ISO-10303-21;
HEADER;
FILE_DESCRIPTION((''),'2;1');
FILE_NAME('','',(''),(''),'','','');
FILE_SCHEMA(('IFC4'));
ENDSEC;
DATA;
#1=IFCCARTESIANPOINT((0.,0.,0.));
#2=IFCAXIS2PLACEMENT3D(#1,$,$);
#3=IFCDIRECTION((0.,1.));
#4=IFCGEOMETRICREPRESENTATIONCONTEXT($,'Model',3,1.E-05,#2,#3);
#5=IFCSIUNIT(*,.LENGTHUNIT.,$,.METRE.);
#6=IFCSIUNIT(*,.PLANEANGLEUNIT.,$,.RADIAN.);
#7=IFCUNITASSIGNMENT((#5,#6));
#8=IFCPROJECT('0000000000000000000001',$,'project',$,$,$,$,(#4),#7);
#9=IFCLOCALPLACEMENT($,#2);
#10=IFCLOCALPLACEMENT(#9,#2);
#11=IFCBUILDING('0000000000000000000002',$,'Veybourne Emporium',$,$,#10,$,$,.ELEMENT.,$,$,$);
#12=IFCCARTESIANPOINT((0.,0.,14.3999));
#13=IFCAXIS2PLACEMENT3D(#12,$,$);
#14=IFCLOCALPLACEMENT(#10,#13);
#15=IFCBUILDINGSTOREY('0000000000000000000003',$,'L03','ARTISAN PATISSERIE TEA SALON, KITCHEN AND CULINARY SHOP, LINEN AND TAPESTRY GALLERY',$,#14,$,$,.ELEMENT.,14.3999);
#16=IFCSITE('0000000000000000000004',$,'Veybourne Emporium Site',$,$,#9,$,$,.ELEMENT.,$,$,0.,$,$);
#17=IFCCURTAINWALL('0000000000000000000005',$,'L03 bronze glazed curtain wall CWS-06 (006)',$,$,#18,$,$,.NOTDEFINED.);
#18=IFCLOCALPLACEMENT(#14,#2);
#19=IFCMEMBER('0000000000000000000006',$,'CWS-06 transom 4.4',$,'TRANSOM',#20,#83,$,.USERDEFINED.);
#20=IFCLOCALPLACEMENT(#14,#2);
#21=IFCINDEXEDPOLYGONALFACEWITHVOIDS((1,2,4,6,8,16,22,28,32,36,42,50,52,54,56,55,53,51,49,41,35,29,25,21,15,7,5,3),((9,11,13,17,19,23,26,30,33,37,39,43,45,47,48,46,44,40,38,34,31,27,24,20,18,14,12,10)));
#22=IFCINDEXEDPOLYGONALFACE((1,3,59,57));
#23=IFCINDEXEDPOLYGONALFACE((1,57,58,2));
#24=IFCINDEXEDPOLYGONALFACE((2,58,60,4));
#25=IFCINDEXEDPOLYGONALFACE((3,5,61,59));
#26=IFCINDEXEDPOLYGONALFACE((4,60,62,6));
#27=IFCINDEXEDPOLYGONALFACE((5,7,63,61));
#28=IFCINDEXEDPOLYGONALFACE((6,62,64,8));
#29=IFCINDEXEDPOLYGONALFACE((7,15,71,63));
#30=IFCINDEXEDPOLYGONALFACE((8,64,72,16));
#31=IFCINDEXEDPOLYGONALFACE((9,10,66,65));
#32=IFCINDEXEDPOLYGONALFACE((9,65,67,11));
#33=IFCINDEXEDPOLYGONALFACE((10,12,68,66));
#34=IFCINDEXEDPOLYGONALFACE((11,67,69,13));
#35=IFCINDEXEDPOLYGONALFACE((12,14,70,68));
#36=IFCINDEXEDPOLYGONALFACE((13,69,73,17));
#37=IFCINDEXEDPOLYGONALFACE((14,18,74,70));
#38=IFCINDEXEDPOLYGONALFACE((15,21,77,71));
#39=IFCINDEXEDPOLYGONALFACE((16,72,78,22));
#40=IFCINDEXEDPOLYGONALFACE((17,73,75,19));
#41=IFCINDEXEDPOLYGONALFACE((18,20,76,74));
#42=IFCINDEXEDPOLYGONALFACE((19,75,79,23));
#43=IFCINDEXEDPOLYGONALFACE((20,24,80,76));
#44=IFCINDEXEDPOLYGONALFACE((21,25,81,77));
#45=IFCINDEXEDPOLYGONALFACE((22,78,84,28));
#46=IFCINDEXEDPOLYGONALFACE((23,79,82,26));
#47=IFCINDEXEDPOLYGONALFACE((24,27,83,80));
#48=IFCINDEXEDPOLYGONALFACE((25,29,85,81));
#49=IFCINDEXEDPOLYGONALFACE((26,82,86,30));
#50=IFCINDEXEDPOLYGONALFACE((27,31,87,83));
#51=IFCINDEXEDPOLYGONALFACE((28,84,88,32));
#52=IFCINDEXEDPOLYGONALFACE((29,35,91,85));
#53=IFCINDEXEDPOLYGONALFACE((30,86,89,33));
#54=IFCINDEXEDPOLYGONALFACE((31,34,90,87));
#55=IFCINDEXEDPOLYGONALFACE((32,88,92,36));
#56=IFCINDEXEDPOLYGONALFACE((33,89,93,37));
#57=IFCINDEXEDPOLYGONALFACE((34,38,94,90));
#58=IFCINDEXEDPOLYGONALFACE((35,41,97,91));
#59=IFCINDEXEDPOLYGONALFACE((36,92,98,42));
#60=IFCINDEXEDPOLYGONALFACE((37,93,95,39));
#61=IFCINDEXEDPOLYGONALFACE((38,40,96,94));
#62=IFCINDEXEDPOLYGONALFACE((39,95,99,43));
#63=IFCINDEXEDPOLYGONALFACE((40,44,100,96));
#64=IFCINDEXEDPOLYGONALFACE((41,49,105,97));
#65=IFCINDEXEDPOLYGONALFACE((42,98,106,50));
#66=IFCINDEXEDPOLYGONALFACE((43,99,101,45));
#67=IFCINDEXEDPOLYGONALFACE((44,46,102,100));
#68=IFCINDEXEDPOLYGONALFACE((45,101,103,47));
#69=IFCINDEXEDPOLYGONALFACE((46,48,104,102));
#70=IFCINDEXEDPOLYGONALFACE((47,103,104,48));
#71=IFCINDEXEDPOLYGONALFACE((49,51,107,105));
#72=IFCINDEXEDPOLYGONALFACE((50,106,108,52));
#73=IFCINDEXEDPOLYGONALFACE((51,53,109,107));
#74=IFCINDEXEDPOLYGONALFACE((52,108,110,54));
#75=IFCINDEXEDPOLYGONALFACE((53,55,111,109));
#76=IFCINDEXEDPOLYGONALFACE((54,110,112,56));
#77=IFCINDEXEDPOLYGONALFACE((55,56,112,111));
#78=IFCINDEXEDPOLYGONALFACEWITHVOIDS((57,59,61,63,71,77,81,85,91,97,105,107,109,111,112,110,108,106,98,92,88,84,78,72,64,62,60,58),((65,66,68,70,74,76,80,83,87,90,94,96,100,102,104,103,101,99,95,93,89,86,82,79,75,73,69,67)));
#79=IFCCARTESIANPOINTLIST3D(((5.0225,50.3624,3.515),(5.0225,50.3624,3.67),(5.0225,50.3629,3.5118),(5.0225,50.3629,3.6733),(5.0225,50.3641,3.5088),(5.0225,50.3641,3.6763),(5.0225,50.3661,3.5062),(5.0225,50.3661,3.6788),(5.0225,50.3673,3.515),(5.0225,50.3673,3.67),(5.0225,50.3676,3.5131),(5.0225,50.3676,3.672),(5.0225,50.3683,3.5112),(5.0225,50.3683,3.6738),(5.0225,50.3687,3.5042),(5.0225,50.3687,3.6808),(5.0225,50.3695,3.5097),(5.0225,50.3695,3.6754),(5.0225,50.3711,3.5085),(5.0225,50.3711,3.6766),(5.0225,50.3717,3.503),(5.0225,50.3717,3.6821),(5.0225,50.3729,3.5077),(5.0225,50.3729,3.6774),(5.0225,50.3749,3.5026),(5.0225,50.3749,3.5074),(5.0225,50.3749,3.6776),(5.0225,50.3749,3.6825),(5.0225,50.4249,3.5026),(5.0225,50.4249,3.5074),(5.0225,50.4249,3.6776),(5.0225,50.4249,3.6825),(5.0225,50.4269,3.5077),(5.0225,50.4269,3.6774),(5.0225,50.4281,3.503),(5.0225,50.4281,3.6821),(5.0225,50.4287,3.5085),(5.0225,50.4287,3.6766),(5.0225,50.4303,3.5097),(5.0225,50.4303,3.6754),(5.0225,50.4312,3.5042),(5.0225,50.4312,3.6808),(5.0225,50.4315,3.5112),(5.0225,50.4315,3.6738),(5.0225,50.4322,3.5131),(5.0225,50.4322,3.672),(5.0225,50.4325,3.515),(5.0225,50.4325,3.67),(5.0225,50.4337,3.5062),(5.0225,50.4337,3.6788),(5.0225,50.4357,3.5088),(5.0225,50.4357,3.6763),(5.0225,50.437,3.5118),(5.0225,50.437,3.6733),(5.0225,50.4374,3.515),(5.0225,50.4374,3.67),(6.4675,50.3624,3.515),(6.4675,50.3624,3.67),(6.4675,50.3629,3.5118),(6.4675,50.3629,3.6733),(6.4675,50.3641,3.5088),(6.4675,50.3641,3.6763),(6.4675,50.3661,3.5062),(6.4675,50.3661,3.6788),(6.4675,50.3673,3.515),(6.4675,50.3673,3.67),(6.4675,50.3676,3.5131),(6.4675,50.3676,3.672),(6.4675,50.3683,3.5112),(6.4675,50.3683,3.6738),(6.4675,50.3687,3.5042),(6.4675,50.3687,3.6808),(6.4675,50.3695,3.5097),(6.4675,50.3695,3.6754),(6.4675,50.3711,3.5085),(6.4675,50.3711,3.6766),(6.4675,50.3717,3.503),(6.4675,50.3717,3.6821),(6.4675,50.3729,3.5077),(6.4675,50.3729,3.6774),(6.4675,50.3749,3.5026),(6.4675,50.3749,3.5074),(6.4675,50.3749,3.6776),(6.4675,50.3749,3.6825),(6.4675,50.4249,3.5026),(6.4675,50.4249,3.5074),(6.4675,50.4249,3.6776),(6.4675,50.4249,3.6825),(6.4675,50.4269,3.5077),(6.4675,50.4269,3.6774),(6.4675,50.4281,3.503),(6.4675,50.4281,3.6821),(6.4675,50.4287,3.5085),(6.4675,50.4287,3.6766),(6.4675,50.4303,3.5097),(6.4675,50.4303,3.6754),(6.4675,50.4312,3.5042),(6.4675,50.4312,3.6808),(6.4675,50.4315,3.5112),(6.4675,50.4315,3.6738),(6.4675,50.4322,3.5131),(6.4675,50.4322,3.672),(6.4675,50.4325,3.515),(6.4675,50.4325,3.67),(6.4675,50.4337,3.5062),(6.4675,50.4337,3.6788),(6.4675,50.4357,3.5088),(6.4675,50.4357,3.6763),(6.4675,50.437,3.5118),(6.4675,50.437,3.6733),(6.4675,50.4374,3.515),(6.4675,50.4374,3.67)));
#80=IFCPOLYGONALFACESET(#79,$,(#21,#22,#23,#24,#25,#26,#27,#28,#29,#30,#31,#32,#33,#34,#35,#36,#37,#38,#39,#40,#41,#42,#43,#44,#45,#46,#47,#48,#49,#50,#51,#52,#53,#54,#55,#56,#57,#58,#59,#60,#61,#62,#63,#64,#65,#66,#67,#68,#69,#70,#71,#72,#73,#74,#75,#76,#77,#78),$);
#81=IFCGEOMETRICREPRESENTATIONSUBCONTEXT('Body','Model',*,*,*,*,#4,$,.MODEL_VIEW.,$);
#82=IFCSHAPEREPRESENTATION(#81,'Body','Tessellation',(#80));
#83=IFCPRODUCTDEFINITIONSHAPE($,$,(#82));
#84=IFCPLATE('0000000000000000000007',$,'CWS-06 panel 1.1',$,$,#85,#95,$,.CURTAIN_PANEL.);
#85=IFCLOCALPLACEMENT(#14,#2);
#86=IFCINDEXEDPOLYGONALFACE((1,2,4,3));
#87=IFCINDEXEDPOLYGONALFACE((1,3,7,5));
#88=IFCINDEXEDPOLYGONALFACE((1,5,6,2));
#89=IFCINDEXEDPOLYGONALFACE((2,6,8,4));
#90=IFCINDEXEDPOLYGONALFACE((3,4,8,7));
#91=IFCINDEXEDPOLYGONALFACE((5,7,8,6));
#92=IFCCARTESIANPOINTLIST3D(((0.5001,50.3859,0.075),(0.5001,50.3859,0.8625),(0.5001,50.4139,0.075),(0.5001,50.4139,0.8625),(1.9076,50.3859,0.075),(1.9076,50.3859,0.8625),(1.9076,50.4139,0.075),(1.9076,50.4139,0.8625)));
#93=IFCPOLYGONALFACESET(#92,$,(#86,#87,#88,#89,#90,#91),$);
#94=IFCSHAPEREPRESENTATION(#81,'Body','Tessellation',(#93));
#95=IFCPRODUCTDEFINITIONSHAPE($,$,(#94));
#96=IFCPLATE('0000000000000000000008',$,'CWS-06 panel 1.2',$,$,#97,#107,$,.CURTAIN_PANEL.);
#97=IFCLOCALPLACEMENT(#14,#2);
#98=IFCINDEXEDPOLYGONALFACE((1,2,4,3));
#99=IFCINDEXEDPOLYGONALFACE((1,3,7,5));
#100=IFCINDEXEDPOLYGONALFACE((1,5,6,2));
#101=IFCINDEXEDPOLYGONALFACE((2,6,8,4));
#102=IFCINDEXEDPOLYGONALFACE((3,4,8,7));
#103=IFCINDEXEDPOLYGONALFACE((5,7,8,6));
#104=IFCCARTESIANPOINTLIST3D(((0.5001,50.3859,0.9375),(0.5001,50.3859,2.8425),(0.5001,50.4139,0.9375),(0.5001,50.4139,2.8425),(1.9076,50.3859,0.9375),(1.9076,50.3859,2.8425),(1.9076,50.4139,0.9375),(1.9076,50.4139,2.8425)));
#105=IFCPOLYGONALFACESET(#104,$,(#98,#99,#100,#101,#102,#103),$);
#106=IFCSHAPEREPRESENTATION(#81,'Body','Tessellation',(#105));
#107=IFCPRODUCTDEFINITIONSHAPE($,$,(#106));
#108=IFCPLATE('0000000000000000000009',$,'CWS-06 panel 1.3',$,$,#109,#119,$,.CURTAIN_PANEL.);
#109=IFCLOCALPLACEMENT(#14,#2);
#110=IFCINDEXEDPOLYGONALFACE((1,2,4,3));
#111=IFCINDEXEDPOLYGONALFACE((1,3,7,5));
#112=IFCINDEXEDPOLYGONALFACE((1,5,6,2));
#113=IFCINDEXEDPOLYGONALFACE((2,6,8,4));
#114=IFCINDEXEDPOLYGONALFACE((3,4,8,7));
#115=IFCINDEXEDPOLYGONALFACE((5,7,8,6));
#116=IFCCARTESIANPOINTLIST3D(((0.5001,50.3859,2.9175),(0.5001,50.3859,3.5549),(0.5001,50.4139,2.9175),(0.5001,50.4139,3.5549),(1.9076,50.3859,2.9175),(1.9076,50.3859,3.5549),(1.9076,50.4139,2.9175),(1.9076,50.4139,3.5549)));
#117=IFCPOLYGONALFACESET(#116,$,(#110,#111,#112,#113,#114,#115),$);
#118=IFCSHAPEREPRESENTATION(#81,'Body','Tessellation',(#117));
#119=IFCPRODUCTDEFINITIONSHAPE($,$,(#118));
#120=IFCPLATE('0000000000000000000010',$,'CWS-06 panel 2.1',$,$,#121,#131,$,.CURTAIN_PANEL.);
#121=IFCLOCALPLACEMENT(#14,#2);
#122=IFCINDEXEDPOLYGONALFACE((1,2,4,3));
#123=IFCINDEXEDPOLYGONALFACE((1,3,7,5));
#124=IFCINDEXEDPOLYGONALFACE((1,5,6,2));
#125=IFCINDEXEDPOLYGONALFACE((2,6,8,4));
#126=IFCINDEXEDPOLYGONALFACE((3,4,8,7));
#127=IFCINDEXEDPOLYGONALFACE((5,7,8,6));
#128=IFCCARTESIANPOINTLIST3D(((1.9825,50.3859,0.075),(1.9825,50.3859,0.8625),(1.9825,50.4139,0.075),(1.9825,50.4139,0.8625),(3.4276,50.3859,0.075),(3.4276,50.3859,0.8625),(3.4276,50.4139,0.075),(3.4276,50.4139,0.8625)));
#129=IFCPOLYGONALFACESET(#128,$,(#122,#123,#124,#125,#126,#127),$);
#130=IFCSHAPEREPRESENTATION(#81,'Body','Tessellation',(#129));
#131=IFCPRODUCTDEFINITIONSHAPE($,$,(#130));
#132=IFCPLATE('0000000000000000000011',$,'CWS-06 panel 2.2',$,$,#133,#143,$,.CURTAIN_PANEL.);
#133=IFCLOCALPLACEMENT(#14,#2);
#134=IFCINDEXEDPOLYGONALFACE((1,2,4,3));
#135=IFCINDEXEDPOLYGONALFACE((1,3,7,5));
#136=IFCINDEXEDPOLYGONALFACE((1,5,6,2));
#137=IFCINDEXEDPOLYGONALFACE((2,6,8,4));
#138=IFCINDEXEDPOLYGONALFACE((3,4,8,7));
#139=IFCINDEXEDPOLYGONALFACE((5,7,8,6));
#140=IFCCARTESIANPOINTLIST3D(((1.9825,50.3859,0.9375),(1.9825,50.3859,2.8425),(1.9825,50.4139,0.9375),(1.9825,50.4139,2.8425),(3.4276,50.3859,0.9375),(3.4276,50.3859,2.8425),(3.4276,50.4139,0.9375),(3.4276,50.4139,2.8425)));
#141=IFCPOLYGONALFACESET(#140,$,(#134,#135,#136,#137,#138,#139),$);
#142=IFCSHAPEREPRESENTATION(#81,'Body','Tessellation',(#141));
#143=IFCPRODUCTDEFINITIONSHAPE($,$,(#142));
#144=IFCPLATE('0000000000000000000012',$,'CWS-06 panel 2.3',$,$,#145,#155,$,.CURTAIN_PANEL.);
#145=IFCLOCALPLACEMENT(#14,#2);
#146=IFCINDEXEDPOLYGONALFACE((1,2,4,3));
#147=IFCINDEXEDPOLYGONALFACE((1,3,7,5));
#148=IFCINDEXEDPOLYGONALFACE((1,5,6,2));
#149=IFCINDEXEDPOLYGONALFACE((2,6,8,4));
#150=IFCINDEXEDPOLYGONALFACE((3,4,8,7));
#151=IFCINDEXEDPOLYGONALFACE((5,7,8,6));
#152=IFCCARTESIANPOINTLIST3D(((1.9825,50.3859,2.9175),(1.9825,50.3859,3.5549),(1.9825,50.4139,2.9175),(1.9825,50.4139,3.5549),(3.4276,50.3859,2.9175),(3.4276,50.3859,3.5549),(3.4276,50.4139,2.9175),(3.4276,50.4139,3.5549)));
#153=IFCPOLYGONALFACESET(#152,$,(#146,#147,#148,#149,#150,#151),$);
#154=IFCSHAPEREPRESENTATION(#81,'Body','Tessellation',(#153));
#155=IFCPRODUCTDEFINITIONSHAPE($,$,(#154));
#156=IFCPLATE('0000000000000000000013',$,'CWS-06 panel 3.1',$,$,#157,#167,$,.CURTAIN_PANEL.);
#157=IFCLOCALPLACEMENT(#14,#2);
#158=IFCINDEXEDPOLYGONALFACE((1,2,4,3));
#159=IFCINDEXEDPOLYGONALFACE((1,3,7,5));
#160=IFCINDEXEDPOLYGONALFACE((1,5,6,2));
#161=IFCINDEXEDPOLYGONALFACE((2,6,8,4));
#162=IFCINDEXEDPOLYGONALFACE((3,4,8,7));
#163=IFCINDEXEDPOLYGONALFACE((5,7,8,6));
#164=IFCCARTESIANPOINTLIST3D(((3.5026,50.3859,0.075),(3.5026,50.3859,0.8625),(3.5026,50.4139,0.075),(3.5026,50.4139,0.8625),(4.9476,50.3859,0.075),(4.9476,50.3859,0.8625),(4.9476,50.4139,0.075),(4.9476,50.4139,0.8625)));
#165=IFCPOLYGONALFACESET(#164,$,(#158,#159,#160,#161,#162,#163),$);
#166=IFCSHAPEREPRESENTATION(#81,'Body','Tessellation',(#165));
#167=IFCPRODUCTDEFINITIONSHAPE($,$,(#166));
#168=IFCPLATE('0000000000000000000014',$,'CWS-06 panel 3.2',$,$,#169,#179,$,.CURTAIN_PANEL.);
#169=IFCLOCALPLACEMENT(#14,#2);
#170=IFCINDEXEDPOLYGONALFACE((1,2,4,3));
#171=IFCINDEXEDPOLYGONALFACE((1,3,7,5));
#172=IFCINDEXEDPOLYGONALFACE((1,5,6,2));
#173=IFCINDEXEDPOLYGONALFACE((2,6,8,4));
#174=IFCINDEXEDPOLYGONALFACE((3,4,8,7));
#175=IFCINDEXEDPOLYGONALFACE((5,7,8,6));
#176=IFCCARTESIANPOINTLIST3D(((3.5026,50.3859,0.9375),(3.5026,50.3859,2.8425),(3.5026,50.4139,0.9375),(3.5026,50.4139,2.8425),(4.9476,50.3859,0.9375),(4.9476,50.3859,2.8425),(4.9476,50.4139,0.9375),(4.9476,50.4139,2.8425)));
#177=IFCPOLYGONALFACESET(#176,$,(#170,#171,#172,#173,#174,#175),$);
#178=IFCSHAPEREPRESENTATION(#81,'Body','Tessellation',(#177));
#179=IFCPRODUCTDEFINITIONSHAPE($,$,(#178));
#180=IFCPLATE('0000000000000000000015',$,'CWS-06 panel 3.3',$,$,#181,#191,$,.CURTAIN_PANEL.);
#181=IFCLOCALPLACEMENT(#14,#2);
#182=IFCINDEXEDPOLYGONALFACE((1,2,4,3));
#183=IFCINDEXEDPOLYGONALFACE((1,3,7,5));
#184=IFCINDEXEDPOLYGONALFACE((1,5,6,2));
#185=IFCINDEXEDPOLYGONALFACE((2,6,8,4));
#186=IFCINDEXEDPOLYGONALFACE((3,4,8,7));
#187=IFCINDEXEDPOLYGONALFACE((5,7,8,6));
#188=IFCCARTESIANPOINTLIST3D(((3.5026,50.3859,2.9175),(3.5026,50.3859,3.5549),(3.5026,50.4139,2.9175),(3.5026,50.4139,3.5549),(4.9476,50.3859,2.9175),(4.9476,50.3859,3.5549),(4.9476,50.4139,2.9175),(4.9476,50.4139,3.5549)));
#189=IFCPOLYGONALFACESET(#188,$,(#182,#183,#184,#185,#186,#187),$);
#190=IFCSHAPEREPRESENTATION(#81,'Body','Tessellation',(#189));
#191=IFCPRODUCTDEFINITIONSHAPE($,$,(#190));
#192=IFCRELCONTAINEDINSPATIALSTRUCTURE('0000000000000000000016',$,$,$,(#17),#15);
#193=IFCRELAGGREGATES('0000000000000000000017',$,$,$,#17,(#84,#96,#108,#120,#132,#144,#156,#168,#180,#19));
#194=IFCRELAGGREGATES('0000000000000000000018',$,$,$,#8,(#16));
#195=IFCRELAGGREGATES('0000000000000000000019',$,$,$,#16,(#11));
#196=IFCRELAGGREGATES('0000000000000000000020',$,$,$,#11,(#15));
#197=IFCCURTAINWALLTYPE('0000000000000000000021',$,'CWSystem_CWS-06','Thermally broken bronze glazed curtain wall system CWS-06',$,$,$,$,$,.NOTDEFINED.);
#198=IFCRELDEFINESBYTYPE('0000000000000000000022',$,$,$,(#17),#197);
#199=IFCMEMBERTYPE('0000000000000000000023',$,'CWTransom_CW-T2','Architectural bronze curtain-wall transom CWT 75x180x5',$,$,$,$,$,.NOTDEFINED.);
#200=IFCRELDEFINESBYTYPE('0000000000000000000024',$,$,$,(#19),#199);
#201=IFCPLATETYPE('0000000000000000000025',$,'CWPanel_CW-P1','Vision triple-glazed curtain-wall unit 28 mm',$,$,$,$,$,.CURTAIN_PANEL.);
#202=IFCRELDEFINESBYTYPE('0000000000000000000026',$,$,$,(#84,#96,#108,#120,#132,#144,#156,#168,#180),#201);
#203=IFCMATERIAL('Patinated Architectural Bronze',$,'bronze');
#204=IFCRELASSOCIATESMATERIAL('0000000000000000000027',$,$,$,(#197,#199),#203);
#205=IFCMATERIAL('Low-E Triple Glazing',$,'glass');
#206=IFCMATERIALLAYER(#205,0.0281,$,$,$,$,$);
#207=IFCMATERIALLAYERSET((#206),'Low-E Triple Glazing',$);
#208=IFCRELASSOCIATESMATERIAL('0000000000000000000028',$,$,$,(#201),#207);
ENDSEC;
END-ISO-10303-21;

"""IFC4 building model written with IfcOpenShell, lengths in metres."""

from ifc_helpers import new_model, si_unit, direction, frame, origin, origin_2d, place, context, subcontext, project, spatial, rectangle, hollow_rectangle, extrude, material, layer, layer_set, material_profile, profile_set, type_object, element, aggregate, save


model = new_model("IFC4")

# Units and contexts
model_context = context("Model", 3, precision=1e-05, world=origin(), true_north=direction((0.0, 1.0)))
body_context = subcontext(model_context, "Body", "Model", "MODEL_VIEW")
ifc_project = project(units=[si_unit("LENGTHUNIT", "METRE"), si_unit("PLANEANGLEUNIT", "RADIAN")], contexts=[model_context])

# Site, building, storey
site_placement = place(None, origin())
site = spatial("IfcSite", under=ifc_project, at=site_placement, Name="Veybourne Emporium Site", CompositionType="ELEMENT", RefElevation=0.0)
building_placement = place(site_placement, origin())
building = spatial("IfcBuilding", under=site, at=building_placement, Name="Veybourne Emporium", CompositionType="ELEMENT")
storey_placement = place(building_placement, frame((0.0, 0.0, 14.3999)))
storey = spatial("IfcBuildingStorey", under=building, at=storey_placement, Name="L03", Description="ARTISAN PATISSERIE TEA SALON, KITCHEN AND CULINARY SHOP, LINEN AND TAPESTRY GALLERY", CompositionType="ELEMENT", Elevation=14.3999)

# Curtain wall, member, plates
ifc_material_1 = material(Name="Patinated Architectural Bronze", Category="bronze")
curtain_wall_type = type_object("IfcCurtainWallType", Name="CWSystem_CWS-06", Description="Thermally broken bronze glazed curtain wall system CWS-06", PredefinedType="NOTDEFINED", material=ifc_material_1)
curtain_wall_placement = place(storey_placement, origin())
curtain_wall = element("IfcCurtainWall", 1, at=curtain_wall_placement, inside=storey, type_object=curtain_wall_type, Name="L03 bronze glazed curtain wall CWS-06 (006)", PredefinedType="NOTDEFINED")
ifc_material_profile_1 = material_profile(ifc_material_1, hollow_rectangle(XDim=0.075, YDim=0.1799, WallThickness=0.0049, InnerFilletRadius=0.0076, OuterFilletRadius=0.0125, at=origin_2d()), Name="CWT 75x180x5")
ifc_profile_set_1 = profile_set([ifc_material_profile_1], Name="Patinated Architectural Bronze")
member_type_1 = type_object("IfcMemberType", Name="CWTransom_CW-T2", Description="Architectural bronze curtain-wall transom CWT 75x180x5", PredefinedType="NOTDEFINED", material=ifc_profile_set_1)
member_1_placement = place(storey_placement, frame((5.0225, 50.3999, 3.5925), z_axis=(1.0, 0.0, 0.0), x_axis=(0.0, 1.0, 0.0)))
member_1 = element("IfcMember", 2, at=member_1_placement, type_object=member_type_1, Name="CWS-06 transom 4.4", ObjectType="TRANSOM", PredefinedType="USERDEFINED", context=body_context, shape_type="SweptSolid", body=[
    extrude(hollow_rectangle(XDim=0.075, YDim=0.1799, WallThickness=0.0049, InnerFilletRadius=0.0076, OuterFilletRadius=0.0125, at=origin_2d()), origin(), (0.0, 0.0, 1.0), 1.4451),
])
ifc_material_2 = material(Name="Low-E Triple Glazing", Category="glass")
ifc_layer = layer(ifc_material_2, 0.0281)
ifc_layer_set = layer_set([ifc_layer], Name="Low-E Triple Glazing")
plate_type = type_object("IfcPlateType", Name="CWPanel_CW-P1", Description="Vision triple-glazed curtain-wall unit 28 mm", PredefinedType="CURTAIN_PANEL", material=ifc_layer_set)
plate_1_placement = place(storey_placement, frame((1.2039, 50.3999, 0.075), z_axis=(0.0, 0.0, 1.0), x_axis=(1.0, 0.0, 0.0)))
plate_1 = element("IfcPlate", 3, at=plate_1_placement, type_object=plate_type, Name="CWS-06 panel 1.1", PredefinedType="CURTAIN_PANEL", context=body_context, shape_type="SweptSolid", body=[
    extrude(rectangle(XDim=1.4075, YDim=0.0281, at=origin_2d()), origin(), (0.0, 0.0, 1.0), 0.7876),
])
plate_2_placement = place(storey_placement, frame((1.2039, 50.3999, 0.9375), z_axis=(0.0, 0.0, 1.0), x_axis=(1.0, 0.0, 0.0)))
plate_2 = element("IfcPlate", 4, at=plate_2_placement, type_object=plate_type, Name="CWS-06 panel 1.2", PredefinedType="CURTAIN_PANEL", context=body_context, shape_type="SweptSolid", body=[
    extrude(rectangle(XDim=1.4075, YDim=0.0281, at=origin_2d()), origin(), (0.0, 0.0, 1.0), 1.905),
])
plate_3_placement = place(storey_placement, frame((1.2039, 50.3999, 2.9175), z_axis=(0.0, 0.0, 1.0), x_axis=(1.0, 0.0, 0.0)))
plate_3 = element("IfcPlate", 5, at=plate_3_placement, type_object=plate_type, Name="CWS-06 panel 1.3", PredefinedType="CURTAIN_PANEL", context=body_context, shape_type="SweptSolid", body=[
    extrude(rectangle(XDim=1.4075, YDim=0.0281, at=origin_2d()), origin(), (0.0, 0.0, 1.0), 0.6375),
])
plate_4_placement = place(storey_placement, frame((2.7051, 50.3999, 0.075), z_axis=(0.0, 0.0, 1.0), x_axis=(1.0, 0.0, 0.0)))
plate_4 = element("IfcPlate", 6, at=plate_4_placement, type_object=plate_type, Name="CWS-06 panel 2.1", PredefinedType="CURTAIN_PANEL", context=body_context, shape_type="SweptSolid", body=[
    extrude(rectangle(XDim=1.4451, YDim=0.0281, at=origin_2d()), origin(), (0.0, 0.0, 1.0), 0.7876),
])
plate_5_placement = place(storey_placement, frame((2.7051, 50.3999, 0.9375), z_axis=(0.0, 0.0, 1.0), x_axis=(1.0, 0.0, 0.0)))
plate_5 = element("IfcPlate", 7, at=plate_5_placement, type_object=plate_type, Name="CWS-06 panel 2.2", PredefinedType="CURTAIN_PANEL", context=body_context, shape_type="SweptSolid", body=[
    extrude(rectangle(XDim=1.4451, YDim=0.0281, at=origin_2d()), origin(), (0.0, 0.0, 1.0), 1.905),
])
plate_6_placement = place(storey_placement, frame((2.7051, 50.3999, 2.9175), z_axis=(0.0, 0.0, 1.0), x_axis=(1.0, 0.0, 0.0)))
plate_6 = element("IfcPlate", 8, at=plate_6_placement, type_object=plate_type, Name="CWS-06 panel 2.3", PredefinedType="CURTAIN_PANEL", context=body_context, shape_type="SweptSolid", body=[
    extrude(rectangle(XDim=1.4451, YDim=0.0281, at=origin_2d()), origin(), (0.0, 0.0, 1.0), 0.6375),
])
plate_7_placement = place(storey_placement, frame((4.2251, 50.3999, 0.075), z_axis=(0.0, 0.0, 1.0), x_axis=(1.0, 0.0, 0.0)))
plate_7 = element("IfcPlate", 9, at=plate_7_placement, type_object=plate_type, Name="CWS-06 panel 3.1", PredefinedType="CURTAIN_PANEL", context=body_context, shape_type="SweptSolid", body=[
    extrude(rectangle(XDim=1.4451, YDim=0.0281, at=origin_2d()), origin(), (0.0, 0.0, 1.0), 0.7876),
])
plate_8_placement = place(storey_placement, frame((4.2251, 50.3999, 0.9375), z_axis=(0.0, 0.0, 1.0), x_axis=(1.0, 0.0, 0.0)))
plate_8 = element("IfcPlate", 10, at=plate_8_placement, type_object=plate_type, Name="CWS-06 panel 3.2", PredefinedType="CURTAIN_PANEL", context=body_context, shape_type="SweptSolid", body=[
    extrude(rectangle(XDim=1.4451, YDim=0.0281, at=origin_2d()), origin(), (0.0, 0.0, 1.0), 1.905),
])
plate_9_placement = place(storey_placement, frame((4.2251, 50.3999, 2.9175), z_axis=(0.0, 0.0, 1.0), x_axis=(1.0, 0.0, 0.0)))
plate_9 = element("IfcPlate", 11, at=plate_9_placement, type_object=plate_type, Name="CWS-06 panel 3.3", PredefinedType="CURTAIN_PANEL", context=body_context, shape_type="SweptSolid", body=[
    extrude(rectangle(XDim=1.4451, YDim=0.0281, at=origin_2d()), origin(), (0.0, 0.0, 1.0), 0.6375),
])
aggregate(curtain_wall, [plate_1, plate_2, plate_3, plate_4, plate_5, plate_6, plate_7, plate_8, plate_9, member_1])

save(model, "model.ifc")
